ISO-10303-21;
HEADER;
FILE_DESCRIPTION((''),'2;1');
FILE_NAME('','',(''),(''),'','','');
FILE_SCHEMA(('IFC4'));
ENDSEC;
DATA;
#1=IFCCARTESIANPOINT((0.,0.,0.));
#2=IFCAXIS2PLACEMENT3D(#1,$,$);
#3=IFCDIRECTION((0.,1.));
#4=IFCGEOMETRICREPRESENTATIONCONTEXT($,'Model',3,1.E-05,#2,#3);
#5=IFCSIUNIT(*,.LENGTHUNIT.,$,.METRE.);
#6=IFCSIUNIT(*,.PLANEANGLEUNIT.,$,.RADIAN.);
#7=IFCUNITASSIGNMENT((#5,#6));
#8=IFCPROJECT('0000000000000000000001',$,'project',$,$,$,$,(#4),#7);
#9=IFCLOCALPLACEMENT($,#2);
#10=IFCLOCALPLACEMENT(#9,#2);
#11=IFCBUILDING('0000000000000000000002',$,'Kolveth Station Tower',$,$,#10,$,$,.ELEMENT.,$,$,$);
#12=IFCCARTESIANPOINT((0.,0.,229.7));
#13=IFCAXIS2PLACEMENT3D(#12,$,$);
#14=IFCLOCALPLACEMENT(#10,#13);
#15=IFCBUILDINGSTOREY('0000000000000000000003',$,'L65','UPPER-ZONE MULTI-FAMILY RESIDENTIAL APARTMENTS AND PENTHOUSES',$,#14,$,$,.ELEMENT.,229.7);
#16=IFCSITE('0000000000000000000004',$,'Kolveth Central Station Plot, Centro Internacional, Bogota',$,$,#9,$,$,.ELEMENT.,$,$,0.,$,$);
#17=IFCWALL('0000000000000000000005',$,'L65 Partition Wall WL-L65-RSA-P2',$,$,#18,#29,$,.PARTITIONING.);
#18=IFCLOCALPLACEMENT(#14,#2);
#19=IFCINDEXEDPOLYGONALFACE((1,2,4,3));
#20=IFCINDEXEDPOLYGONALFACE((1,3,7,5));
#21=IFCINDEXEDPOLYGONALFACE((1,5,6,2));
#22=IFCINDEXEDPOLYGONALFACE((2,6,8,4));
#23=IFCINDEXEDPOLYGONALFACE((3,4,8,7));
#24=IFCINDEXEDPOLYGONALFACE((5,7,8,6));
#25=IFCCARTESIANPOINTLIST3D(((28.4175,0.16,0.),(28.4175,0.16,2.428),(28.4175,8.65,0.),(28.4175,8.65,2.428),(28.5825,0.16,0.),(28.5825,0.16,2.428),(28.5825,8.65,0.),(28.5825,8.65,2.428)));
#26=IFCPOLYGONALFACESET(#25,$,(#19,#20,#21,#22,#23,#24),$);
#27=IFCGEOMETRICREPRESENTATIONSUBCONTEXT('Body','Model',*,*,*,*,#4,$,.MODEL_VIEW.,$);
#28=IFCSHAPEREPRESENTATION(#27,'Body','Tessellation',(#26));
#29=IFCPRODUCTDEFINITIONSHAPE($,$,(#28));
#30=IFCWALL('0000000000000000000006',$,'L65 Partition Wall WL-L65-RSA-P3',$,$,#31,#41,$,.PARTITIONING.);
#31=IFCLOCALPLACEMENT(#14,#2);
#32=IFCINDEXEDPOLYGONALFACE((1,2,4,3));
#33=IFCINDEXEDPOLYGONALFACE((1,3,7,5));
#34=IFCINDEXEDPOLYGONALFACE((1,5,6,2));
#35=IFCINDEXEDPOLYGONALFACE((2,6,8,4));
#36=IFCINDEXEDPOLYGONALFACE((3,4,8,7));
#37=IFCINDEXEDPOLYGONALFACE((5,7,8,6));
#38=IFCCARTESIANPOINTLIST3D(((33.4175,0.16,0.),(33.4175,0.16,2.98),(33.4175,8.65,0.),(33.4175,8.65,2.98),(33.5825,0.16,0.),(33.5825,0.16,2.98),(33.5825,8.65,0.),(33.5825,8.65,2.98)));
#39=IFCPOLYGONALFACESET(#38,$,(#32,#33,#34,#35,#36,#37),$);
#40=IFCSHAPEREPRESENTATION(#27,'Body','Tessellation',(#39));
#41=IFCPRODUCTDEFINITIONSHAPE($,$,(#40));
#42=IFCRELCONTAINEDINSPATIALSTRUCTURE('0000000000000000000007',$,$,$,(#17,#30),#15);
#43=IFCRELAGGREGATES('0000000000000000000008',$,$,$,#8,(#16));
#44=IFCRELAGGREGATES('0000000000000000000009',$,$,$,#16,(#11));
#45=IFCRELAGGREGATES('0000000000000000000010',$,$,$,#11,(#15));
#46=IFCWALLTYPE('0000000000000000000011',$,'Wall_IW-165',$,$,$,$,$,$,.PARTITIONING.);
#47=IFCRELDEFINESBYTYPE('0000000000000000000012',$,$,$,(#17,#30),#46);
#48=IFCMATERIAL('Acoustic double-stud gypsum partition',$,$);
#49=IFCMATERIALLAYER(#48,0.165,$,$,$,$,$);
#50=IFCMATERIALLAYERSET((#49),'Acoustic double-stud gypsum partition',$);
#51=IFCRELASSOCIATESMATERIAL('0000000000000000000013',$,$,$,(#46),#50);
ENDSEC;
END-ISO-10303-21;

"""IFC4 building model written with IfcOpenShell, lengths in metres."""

from ifc_helpers import new_model, si_unit, direction, frame, frame_2d, origin, place, context, subcontext, project, spatial, rectangle, extrude, material, layer, layer_set, type_object, element, save


model = new_model("IFC4")

# Units and contexts
model_context = context("Model", 3, precision=1e-05, world=origin(), true_north=direction((0.0, 1.0)))
body_context = subcontext(model_context, "Body", "Model", "MODEL_VIEW")
ifc_project = project(units=[si_unit("LENGTHUNIT", "METRE"), si_unit("PLANEANGLEUNIT", "RADIAN")], contexts=[model_context])

# Site, building, storey
site_placement = place(None, origin())
site = spatial("IfcSite", under=ifc_project, at=site_placement, Name="Kolveth Central Station Plot, Centro Internacional, Bogota", CompositionType="ELEMENT", RefElevation=0.0)
building_placement = place(site_placement, origin())
building = spatial("IfcBuilding", under=site, at=building_placement, Name="Kolveth Station Tower", CompositionType="ELEMENT")
storey_placement = place(building_placement, frame((0.0, 0.0, 229.7)))
storey = spatial("IfcBuildingStorey", under=building, at=storey_placement, Name="L65", Description="UPPER-ZONE MULTI-FAMILY RESIDENTIAL APARTMENTS AND PENTHOUSES", CompositionType="ELEMENT", Elevation=229.7)

# Walls
ifc_material_1 = material(Name="Acoustic double-stud gypsum partition")
ifc_layer_1 = layer(ifc_material_1, 0.165)
ifc_layer_set_1 = layer_set([ifc_layer_1], Name="Acoustic double-stud gypsum partition")
wall_type = type_object("IfcWallType", Name="Wall_IW-165", PredefinedType="PARTITIONING", material=ifc_layer_set_1)
wall_1_placement = place(storey_placement, frame((28.5, 0.1599, 0.0), z_axis=(0.0, 0.0, 1.0), x_axis=(0.0, 1.0, 0.0)))
element("IfcWall", 1, at=wall_1_placement, inside=storey, type_object=wall_type, Name="L65 Partition Wall WL-L65-RSA-P2", PredefinedType="PARTITIONING", context=body_context, shape_type="SweptSolid", body=[
    extrude(rectangle(XDim=8.49, YDim=0.165, at=frame_2d((4.2451, 0.0))), origin(), (0.0, 0.0, 1.0), 2.428),
])
wall_2_placement = place(storey_placement, frame((33.5, 0.1599, 0.0), z_axis=(0.0, 0.0, 1.0), x_axis=(0.0, 1.0, 0.0)))
element("IfcWall", 2, at=wall_2_placement, inside=storey, type_object=wall_type, Name="L65 Partition Wall WL-L65-RSA-P3", PredefinedType="PARTITIONING", context=body_context, shape_type="SweptSolid", body=[
    extrude(rectangle(XDim=8.49, YDim=0.165, at=frame_2d((4.2451, 0.0))), origin(), (0.0, 0.0, 1.0), 2.98),
])

save(model, "model.ifc")
